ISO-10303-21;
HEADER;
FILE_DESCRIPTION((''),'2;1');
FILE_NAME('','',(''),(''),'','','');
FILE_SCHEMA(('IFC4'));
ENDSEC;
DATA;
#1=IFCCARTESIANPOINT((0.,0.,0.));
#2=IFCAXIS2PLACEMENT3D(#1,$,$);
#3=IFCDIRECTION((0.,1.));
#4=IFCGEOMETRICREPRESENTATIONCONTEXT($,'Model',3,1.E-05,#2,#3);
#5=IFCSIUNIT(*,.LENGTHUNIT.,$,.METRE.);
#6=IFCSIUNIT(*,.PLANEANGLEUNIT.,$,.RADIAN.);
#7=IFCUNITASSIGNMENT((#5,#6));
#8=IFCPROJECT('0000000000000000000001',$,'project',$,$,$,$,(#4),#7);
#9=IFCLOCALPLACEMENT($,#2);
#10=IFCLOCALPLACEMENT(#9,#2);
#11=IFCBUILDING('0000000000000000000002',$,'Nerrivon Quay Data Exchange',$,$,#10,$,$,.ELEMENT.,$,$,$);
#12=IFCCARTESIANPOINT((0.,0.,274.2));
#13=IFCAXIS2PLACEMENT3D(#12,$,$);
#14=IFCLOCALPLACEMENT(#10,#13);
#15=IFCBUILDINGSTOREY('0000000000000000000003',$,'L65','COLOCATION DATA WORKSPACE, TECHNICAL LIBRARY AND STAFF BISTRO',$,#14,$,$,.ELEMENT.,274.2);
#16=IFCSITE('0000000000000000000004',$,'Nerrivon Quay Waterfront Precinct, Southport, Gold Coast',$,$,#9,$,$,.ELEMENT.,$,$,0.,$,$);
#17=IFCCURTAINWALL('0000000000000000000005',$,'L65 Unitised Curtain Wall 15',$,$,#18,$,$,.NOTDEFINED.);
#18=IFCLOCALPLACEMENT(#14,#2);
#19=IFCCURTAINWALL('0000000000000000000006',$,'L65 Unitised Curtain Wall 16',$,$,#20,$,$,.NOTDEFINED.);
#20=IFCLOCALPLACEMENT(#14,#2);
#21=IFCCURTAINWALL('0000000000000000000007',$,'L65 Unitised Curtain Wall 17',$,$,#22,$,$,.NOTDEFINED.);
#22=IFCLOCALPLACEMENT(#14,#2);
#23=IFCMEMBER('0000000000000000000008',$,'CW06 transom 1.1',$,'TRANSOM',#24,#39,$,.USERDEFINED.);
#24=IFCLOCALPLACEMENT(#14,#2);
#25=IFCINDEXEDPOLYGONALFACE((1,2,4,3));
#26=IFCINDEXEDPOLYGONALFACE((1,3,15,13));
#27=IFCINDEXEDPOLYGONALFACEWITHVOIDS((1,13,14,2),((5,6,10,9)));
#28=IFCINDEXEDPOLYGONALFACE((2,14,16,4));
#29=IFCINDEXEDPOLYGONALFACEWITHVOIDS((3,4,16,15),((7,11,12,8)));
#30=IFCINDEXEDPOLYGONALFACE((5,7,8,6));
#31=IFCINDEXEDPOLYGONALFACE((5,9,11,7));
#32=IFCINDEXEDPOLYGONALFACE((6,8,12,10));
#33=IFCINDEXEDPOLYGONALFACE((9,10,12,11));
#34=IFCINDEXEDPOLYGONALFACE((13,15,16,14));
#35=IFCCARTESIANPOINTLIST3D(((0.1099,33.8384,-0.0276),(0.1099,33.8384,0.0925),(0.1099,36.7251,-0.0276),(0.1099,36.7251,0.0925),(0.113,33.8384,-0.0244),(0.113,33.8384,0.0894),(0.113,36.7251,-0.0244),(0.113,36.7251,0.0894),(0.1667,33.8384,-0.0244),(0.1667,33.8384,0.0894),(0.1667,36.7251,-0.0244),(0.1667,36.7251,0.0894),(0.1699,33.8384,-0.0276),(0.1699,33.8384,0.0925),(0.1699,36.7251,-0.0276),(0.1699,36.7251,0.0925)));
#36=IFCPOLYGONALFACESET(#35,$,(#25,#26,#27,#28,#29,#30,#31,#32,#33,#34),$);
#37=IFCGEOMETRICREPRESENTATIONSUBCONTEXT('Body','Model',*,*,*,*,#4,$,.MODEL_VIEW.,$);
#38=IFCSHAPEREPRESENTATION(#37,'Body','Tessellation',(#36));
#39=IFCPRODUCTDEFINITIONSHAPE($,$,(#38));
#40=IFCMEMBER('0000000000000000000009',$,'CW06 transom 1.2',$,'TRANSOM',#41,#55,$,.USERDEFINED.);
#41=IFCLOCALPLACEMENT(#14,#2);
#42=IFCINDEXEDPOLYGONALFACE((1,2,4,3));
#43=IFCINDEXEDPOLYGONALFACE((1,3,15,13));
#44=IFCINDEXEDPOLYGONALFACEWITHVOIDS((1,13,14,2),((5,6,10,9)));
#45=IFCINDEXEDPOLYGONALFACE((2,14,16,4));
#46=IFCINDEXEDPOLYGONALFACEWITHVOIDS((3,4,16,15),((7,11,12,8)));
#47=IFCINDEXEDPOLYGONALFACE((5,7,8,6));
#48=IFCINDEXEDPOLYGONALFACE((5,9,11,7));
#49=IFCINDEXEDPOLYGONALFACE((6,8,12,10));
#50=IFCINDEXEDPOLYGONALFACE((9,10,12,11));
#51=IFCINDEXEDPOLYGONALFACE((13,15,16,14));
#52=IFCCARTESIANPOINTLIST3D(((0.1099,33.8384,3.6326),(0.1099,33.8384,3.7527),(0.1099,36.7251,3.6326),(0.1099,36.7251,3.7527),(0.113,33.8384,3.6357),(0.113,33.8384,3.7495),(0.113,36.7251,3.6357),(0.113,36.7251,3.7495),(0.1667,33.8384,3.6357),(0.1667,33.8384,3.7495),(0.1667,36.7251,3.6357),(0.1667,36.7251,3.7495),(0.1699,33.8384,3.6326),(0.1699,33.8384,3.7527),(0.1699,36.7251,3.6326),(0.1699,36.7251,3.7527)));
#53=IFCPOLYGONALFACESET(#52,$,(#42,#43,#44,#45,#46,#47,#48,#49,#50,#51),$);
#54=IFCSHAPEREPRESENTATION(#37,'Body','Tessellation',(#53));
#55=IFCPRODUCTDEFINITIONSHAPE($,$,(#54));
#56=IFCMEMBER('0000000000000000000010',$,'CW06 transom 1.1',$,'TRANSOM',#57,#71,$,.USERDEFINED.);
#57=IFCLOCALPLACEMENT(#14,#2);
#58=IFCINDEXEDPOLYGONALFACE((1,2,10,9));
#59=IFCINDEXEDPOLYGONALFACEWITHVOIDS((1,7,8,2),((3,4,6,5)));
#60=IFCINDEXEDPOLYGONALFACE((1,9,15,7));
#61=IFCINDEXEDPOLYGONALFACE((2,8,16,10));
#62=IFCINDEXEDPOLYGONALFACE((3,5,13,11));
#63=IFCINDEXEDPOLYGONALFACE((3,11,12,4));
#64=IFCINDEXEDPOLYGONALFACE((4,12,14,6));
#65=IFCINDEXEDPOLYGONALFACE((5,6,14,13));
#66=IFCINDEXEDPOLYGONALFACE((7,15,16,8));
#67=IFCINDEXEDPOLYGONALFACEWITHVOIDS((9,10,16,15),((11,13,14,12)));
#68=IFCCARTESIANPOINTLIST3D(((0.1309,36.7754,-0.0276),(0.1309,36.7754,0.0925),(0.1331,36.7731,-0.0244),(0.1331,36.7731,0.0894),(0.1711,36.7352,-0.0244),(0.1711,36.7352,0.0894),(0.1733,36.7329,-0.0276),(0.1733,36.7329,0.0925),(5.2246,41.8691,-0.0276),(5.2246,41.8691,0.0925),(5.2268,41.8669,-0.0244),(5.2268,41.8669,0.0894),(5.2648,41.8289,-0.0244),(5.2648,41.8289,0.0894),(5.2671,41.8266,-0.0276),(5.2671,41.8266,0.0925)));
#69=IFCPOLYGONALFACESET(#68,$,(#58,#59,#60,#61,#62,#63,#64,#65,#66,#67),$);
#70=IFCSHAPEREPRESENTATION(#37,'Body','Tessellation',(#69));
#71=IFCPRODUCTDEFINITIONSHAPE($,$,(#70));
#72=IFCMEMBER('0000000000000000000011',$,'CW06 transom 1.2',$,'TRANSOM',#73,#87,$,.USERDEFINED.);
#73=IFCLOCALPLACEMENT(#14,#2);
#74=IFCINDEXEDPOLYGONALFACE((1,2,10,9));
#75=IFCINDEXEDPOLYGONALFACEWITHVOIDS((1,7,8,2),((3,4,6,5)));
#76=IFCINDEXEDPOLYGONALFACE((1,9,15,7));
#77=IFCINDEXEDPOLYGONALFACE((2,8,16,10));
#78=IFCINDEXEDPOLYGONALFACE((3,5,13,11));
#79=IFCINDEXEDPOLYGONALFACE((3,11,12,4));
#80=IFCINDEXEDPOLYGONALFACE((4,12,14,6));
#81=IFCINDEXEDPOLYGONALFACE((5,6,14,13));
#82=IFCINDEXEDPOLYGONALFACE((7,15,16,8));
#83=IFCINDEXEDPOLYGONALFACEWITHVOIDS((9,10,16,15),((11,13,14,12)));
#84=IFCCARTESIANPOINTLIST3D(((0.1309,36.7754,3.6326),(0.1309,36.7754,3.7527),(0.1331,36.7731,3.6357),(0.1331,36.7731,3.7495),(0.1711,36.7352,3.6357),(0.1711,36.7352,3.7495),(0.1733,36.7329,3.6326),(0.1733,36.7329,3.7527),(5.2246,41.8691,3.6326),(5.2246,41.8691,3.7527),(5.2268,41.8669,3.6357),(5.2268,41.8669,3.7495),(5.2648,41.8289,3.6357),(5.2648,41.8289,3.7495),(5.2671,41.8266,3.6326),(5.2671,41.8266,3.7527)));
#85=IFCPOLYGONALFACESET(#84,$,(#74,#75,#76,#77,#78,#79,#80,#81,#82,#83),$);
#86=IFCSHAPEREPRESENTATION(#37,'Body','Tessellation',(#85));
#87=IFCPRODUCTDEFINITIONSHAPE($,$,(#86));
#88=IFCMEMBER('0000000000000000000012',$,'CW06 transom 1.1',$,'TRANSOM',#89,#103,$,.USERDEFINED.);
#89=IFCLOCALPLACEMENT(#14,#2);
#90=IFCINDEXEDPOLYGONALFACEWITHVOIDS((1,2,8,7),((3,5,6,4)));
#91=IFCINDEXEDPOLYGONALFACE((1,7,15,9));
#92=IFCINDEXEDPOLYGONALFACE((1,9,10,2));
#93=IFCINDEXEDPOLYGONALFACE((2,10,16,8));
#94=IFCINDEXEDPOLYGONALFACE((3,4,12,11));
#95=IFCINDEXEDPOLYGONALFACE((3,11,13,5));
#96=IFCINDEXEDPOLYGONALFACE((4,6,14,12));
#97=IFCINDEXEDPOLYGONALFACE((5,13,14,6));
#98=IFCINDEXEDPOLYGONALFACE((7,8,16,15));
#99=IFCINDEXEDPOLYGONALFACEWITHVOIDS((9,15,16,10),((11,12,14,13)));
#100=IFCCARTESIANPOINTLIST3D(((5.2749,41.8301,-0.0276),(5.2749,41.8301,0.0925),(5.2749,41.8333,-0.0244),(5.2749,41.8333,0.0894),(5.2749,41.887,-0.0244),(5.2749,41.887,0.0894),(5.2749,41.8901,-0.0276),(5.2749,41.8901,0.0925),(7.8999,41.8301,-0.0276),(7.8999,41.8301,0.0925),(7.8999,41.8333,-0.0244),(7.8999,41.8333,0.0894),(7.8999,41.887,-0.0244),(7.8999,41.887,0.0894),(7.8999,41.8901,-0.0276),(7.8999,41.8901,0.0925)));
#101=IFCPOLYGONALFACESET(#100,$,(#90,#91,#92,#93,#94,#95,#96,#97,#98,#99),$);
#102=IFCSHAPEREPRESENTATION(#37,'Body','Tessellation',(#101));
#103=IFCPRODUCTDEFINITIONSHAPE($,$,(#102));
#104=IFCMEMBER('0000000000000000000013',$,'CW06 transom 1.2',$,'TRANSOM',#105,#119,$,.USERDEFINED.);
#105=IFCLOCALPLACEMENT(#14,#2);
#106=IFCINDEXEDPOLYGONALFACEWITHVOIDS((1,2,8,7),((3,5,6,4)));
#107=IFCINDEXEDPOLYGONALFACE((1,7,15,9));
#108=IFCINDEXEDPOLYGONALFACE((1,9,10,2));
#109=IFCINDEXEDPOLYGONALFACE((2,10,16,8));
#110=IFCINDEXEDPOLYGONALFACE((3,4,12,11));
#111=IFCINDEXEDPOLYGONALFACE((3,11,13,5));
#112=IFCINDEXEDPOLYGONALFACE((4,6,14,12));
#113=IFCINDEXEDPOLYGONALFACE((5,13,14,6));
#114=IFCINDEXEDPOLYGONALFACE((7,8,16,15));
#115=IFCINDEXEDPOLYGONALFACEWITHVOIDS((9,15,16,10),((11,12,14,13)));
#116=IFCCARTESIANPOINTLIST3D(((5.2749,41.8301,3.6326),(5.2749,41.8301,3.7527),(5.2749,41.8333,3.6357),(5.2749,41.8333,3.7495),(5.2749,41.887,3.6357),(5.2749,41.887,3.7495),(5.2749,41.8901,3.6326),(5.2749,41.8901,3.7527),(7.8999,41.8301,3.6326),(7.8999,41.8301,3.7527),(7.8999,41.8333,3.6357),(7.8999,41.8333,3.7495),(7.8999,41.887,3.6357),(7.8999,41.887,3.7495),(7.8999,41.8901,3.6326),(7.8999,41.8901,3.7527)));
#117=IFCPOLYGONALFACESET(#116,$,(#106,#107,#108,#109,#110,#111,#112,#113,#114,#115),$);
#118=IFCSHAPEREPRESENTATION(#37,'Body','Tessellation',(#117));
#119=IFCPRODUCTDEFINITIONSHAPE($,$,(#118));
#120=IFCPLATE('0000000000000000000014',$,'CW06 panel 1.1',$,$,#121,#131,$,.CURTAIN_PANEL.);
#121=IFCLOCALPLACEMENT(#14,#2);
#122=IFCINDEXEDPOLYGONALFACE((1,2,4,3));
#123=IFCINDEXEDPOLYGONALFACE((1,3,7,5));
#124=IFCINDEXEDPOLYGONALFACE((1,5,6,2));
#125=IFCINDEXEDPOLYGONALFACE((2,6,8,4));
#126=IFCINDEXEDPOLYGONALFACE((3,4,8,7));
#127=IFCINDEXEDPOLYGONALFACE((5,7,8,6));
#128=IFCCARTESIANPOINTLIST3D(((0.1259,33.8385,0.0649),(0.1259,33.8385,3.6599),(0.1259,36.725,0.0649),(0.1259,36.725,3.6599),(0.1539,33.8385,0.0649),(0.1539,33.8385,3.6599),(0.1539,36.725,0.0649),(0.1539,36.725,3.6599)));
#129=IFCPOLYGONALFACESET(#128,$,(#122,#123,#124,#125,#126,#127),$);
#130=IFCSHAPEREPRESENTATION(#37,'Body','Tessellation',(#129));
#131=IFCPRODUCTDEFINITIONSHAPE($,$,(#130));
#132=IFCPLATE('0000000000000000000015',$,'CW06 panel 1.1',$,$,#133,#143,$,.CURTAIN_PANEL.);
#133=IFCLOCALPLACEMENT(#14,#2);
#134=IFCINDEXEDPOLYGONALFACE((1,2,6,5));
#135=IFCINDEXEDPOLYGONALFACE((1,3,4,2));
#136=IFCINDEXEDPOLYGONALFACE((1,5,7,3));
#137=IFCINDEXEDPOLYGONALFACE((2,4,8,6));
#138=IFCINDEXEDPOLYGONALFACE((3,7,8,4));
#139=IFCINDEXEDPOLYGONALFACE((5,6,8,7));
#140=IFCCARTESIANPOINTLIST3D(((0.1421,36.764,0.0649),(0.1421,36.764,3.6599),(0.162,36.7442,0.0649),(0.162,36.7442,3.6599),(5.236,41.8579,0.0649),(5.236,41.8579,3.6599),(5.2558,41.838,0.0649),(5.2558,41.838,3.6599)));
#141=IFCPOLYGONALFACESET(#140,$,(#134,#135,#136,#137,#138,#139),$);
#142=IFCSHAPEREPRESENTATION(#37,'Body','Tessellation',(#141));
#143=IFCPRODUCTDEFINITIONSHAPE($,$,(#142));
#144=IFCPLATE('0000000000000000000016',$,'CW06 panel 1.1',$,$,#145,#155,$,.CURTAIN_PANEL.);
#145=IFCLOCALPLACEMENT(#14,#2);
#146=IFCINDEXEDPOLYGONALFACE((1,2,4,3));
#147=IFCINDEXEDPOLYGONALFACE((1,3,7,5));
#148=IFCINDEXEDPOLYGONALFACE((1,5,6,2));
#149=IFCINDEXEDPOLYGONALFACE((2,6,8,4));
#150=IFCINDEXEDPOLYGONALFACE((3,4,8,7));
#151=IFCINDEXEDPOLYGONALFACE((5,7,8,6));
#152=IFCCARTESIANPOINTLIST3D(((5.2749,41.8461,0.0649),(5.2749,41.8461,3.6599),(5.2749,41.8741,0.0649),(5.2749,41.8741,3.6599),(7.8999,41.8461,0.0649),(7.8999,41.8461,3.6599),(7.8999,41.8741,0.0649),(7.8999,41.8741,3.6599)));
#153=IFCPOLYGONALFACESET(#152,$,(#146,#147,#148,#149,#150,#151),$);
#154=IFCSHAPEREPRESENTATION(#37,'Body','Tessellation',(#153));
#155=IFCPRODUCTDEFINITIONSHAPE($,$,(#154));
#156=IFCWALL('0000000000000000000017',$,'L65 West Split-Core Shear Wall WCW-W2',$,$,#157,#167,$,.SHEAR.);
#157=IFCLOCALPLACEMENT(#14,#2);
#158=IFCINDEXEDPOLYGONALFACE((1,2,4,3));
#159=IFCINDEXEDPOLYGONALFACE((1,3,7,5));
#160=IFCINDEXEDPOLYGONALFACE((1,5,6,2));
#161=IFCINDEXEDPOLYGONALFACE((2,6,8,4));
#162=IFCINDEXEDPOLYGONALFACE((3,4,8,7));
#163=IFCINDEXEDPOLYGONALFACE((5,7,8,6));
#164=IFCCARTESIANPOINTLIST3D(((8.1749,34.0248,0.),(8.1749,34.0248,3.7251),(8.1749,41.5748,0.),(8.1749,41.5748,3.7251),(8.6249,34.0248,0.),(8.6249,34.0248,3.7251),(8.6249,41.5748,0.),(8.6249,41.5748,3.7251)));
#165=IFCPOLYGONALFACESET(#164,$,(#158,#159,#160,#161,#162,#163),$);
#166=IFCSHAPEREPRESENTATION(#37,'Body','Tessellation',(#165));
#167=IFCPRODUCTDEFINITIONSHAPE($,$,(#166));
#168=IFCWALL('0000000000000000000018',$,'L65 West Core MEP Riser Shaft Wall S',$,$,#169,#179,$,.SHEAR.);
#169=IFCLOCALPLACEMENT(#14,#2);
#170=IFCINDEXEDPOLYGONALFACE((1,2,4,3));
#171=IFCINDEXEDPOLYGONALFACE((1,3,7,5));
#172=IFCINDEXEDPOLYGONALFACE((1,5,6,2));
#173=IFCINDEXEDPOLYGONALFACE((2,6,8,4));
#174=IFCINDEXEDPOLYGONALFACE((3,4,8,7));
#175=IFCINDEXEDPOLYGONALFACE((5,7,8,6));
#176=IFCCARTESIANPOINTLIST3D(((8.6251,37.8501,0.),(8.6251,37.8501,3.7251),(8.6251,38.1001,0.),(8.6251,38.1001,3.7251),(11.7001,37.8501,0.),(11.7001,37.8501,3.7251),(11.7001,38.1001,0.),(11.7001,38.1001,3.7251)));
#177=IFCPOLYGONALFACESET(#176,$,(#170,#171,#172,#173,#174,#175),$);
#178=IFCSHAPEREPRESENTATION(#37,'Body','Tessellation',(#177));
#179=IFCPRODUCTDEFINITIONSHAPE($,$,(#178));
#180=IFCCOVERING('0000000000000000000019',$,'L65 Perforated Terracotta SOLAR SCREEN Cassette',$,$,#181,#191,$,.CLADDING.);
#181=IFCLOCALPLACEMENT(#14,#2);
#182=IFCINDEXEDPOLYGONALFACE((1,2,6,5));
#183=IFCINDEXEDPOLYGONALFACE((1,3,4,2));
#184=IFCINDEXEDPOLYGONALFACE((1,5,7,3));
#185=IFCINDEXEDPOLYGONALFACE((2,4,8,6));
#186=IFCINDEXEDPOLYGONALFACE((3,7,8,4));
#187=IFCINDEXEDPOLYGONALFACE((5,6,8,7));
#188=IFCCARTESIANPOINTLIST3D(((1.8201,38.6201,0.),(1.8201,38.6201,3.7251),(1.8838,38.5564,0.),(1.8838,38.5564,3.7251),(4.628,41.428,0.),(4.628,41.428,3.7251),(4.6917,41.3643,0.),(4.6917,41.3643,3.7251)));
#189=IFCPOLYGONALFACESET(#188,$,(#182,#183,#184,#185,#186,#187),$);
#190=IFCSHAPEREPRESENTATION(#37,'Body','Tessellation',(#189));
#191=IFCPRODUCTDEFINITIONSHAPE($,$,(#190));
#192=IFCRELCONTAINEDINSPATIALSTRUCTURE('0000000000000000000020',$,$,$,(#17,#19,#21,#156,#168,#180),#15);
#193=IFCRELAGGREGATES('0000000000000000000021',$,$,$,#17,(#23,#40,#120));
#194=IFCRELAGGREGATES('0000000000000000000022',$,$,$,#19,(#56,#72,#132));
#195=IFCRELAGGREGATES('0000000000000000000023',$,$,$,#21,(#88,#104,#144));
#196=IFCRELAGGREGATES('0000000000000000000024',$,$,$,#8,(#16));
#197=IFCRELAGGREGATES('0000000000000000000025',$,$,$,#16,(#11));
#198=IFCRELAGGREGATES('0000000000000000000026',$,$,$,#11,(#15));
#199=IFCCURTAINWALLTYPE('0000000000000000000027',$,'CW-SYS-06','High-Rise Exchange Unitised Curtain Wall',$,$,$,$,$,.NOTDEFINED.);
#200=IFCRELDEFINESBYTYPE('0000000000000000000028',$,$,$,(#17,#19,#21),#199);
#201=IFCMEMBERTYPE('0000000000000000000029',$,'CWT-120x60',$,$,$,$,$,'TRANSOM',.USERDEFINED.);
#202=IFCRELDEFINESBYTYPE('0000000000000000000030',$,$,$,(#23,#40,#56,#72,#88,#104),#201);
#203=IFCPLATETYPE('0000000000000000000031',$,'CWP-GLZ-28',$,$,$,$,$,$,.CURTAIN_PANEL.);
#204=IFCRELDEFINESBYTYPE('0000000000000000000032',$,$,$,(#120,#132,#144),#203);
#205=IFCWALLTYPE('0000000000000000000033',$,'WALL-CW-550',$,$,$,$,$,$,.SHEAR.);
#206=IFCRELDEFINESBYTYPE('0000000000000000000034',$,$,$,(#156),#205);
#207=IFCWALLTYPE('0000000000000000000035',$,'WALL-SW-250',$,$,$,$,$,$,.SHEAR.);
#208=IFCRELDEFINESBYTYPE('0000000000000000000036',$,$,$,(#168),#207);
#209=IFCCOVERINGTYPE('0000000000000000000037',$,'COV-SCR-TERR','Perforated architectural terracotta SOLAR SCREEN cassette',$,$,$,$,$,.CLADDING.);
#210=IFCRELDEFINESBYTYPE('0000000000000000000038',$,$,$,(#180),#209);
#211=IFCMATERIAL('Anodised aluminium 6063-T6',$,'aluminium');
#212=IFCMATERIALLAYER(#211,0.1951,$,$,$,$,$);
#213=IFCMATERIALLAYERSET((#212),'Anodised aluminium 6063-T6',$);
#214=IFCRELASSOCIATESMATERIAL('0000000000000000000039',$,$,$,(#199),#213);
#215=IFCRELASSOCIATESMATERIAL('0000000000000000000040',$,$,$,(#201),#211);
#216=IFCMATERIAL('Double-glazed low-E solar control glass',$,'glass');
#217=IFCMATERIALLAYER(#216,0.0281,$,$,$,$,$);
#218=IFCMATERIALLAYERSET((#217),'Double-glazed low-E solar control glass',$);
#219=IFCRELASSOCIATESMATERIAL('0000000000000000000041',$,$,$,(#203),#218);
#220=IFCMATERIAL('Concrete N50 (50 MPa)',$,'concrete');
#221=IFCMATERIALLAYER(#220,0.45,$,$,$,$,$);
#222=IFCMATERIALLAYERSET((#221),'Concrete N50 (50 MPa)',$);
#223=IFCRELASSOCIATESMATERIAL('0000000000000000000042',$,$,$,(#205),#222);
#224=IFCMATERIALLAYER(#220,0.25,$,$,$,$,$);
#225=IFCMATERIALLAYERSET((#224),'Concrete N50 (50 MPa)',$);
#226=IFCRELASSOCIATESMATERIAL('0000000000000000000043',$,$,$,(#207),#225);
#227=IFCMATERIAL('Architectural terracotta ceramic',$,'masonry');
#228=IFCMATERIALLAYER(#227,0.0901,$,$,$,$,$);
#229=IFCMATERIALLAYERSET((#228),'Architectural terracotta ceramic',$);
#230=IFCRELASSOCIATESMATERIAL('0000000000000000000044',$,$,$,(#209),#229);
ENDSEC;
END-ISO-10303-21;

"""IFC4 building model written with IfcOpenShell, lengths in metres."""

from ifc_helpers import new_model, si_unit, direction, frame, frame_2d, origin, origin_2d, place, context, subcontext, project, spatial, rectangle, hollow_rectangle, extrude, material, layer, layer_set, material_profile, profile_set, type_object, element, aggregate, save


model = new_model("IFC4")

# Units and contexts
model_context = context("Model", 3, precision=1e-05, world=origin(), true_north=direction((0.0, 1.0)))
body_context = subcontext(model_context, "Body", "Model", "MODEL_VIEW")
ifc_project = project(units=[si_unit("LENGTHUNIT", "METRE"), si_unit("PLANEANGLEUNIT", "RADIAN")], contexts=[model_context])

# Site, building, storey
site_placement = place(None, origin())
site = spatial("IfcSite", under=ifc_project, at=site_placement, Name="Nerrivon Quay Waterfront Precinct, Southport, Gold Coast", CompositionType="ELEMENT", RefElevation=0.0)
building_placement = place(site_placement, origin())
building = spatial("IfcBuilding", under=site, at=building_placement, Name="Nerrivon Quay Data Exchange", CompositionType="ELEMENT")
storey_placement = place(building_placement, frame((0.0, 0.0, 274.2)))
storey = spatial("IfcBuildingStorey", under=building, at=storey_placement, Name="L65", Description="COLOCATION DATA WORKSPACE, TECHNICAL LIBRARY AND STAFF BISTRO", CompositionType="ELEMENT", Elevation=274.2)

# Shared definitions
ifc_material_1 = material(Name="Concrete N50 (50 MPa)", Category="concrete")

# Curtain walls
ifc_material_2 = material(Name="Anodised aluminium 6063-T6", Category="aluminium")
ifc_layer_1 = layer(ifc_material_2, 0.1951)
ifc_layer_set_1 = layer_set([ifc_layer_1], Name="Anodised aluminium 6063-T6")
curtain_wall_type = type_object("IfcCurtainWallType", Name="CW-SYS-06", Description="High-Rise Exchange Unitised Curtain Wall", PredefinedType="NOTDEFINED", material=ifc_layer_set_1)
curtain_wall_1_placement = place(storey_placement, origin())
curtain_wall_1 = element("IfcCurtainWall", 1, at=curtain_wall_1_placement, inside=storey, type_object=curtain_wall_type, Name="L65 Unitised Curtain Wall 15", PredefinedType="NOTDEFINED")
curtain_wall_2_placement = place(storey_placement, origin())
curtain_wall_2 = element("IfcCurtainWall", 2, at=curtain_wall_2_placement, inside=storey, type_object=curtain_wall_type, Name="L65 Unitised Curtain Wall 16", PredefinedType="NOTDEFINED")
curtain_wall_3_placement = place(storey_placement, origin())
curtain_wall_3 = element("IfcCurtainWall", 3, at=curtain_wall_3_placement, inside=storey, type_object=curtain_wall_type, Name="L65 Unitised Curtain Wall 17", PredefinedType="NOTDEFINED")

# Members
ifc_material_profile_1 = material_profile(ifc_material_2, hollow_rectangle(XDim=0.0601, YDim=0.1201, WallThickness=0.0032, at=origin_2d()), Name="ALU-TRAN-120x60")
ifc_profile_set_1 = profile_set([ifc_material_profile_1], Name="Anodised aluminium 6063-T6")
member_type_1 = type_object("IfcMemberType", Name="CWT-120x60", ElementType="TRANSOM", PredefinedType="USERDEFINED", material=ifc_profile_set_1)
member_1_placement = place(storey_placement, frame((0.1399, 33.8384, 0.0325), z_axis=(0.0, 1.0, 0.0), x_axis=(-1.0, 0.0, 0.0)))
member_1 = element("IfcMember", 4, at=member_1_placement, type_object=member_type_1, Name="CW06 transom 1.1", ObjectType="TRANSOM", PredefinedType="USERDEFINED", context=body_context, shape_type="SweptSolid", body=[
    extrude(hollow_rectangle(XDim=0.0601, YDim=0.1201, WallThickness=0.0032, at=origin_2d()), origin(), (0.0, 0.0, 1.0), 2.8867),
])
member_2_placement = place(storey_placement, frame((0.1399, 33.8384, 3.6926), z_axis=(0.0, 1.0, 0.0), x_axis=(-1.0, 0.0, 0.0)))
member_2 = element("IfcMember", 5, at=member_2_placement, type_object=member_type_1, Name="CW06 transom 1.2", ObjectType="TRANSOM", PredefinedType="USERDEFINED", context=body_context, shape_type="SweptSolid", body=[
    extrude(hollow_rectangle(XDim=0.0601, YDim=0.1201, WallThickness=0.0032, at=origin_2d()), origin(), (0.0, 0.0, 1.0), 2.8867),
])
member_3_placement = place(storey_placement, frame((0.1521, 36.7542, 0.0325), z_axis=(0.707107, 0.707107, 0.0), x_axis=(-0.707107, 0.707107, 0.0)))
member_3 = element("IfcMember", 6, at=member_3_placement, type_object=member_type_1, Name="CW06 transom 1.1", ObjectType="TRANSOM", PredefinedType="USERDEFINED", context=body_context, shape_type="SweptSolid", body=[
    extrude(hollow_rectangle(XDim=0.0601, YDim=0.1201, WallThickness=0.0032, at=origin_2d()), origin(), (0.0, 0.0, 1.0), 7.2036),
])
member_4_placement = place(storey_placement, frame((0.1521, 36.7542, 3.6926), z_axis=(0.707107, 0.707107, 0.0), x_axis=(-0.707107, 0.707107, 0.0)))
member_4 = element("IfcMember", 7, at=member_4_placement, type_object=member_type_1, Name="CW06 transom 1.2", ObjectType="TRANSOM", PredefinedType="USERDEFINED", context=body_context, shape_type="SweptSolid", body=[
    extrude(hollow_rectangle(XDim=0.0601, YDim=0.1201, WallThickness=0.0032, at=origin_2d()), origin(), (0.0, 0.0, 1.0), 7.2036),
])
member_5_placement = place(storey_placement, frame((5.2749, 41.8601, 0.0325), z_axis=(1.0, 0.0, 0.0), x_axis=(0.0, 1.0, 0.0)))
member_5 = element("IfcMember", 8, at=member_5_placement, type_object=member_type_1, Name="CW06 transom 1.1", ObjectType="TRANSOM", PredefinedType="USERDEFINED", context=body_context, shape_type="SweptSolid", body=[
    extrude(hollow_rectangle(XDim=0.0601, YDim=0.1201, WallThickness=0.0032, at=origin_2d()), origin(), (0.0, 0.0, 1.0), 2.625),
])
member_6_placement = place(storey_placement, frame((5.2749, 41.8601, 3.6926), z_axis=(1.0, 0.0, 0.0), x_axis=(0.0, 1.0, 0.0)))
member_6 = element("IfcMember", 9, at=member_6_placement, type_object=member_type_1, Name="CW06 transom 1.2", ObjectType="TRANSOM", PredefinedType="USERDEFINED", context=body_context, shape_type="SweptSolid", body=[
    extrude(hollow_rectangle(XDim=0.0601, YDim=0.1201, WallThickness=0.0032, at=origin_2d()), origin(), (0.0, 0.0, 1.0), 2.625),
])

# Plates
ifc_material_3 = material(Name="Double-glazed low-E solar control glass", Category="glass")
ifc_layer_2 = layer(ifc_material_3, 0.0281)
ifc_layer_set_2 = layer_set([ifc_layer_2], Name="Double-glazed low-E solar control glass")
plate_type = type_object("IfcPlateType", Name="CWP-GLZ-28", PredefinedType="CURTAIN_PANEL", material=ifc_layer_set_2)
plate_1_placement = place(storey_placement, frame((0.1399, 35.2817, 0.0649), z_axis=(0.0, 0.0, 1.0), x_axis=(0.0, 1.0, 0.0)))
plate_1 = element("IfcPlate", 10, at=plate_1_placement, type_object=plate_type, Name="CW06 panel 1.1", PredefinedType="CURTAIN_PANEL", context=body_context, shape_type="SweptSolid", body=[
    extrude(rectangle(XDim=2.8865, YDim=0.0281, at=origin_2d()), origin(), (0.0, 0.0, 1.0), 3.595),
])
aggregate(curtain_wall_1, [member_1, member_2, plate_1])
plate_2_placement = place(storey_placement, frame((2.699, 39.301, 0.0649), z_axis=(0.0, 0.0, 1.0), x_axis=(0.707107, 0.707107, 0.0)))
plate_2 = element("IfcPlate", 11, at=plate_2_placement, type_object=plate_type, Name="CW06 panel 1.1", PredefinedType="CURTAIN_PANEL", context=body_context, shape_type="SweptSolid", body=[
    extrude(rectangle(XDim=7.2039, YDim=0.0281, at=origin_2d()), origin(), (0.0, 0.0, 1.0), 3.595),
])
aggregate(curtain_wall_2, [member_3, member_4, plate_2])
plate_3_placement = place(storey_placement, frame((6.5874, 41.8601, 0.0649), z_axis=(0.0, 0.0, 1.0), x_axis=(1.0, 0.0, 0.0)))
plate_3 = element("IfcPlate", 12, at=plate_3_placement, type_object=plate_type, Name="CW06 panel 1.1", PredefinedType="CURTAIN_PANEL", context=body_context, shape_type="SweptSolid", body=[
    extrude(rectangle(XDim=2.625, YDim=0.0281, at=origin_2d()), origin(), (0.0, 0.0, 1.0), 3.595),
])
aggregate(curtain_wall_3, [member_5, member_6, plate_3])

# Walls
ifc_layer_3 = layer(ifc_material_1, 0.45)
ifc_layer_set_3 = layer_set([ifc_layer_3], Name="Concrete N50 (50 MPa)")
wall_type_1 = type_object("IfcWallType", Name="WALL-CW-550", PredefinedType="SHEAR", material=ifc_layer_set_3)
wall_1_placement = place(storey_placement, frame((8.3999, 34.0249, 0.0), z_axis=(0.0, 0.0, 1.0), x_axis=(0.0, 1.0, 0.0)))
element("IfcWall", 13, at=wall_1_placement, inside=storey, type_object=wall_type_1, Name="L65 West Split-Core Shear Wall WCW-W2", PredefinedType="SHEAR", context=body_context, shape_type="SweptSolid", body=[
    extrude(rectangle(XDim=7.55, YDim=0.45, at=frame_2d((3.7749, 0.0))), origin(), (0.0, 0.0, 1.0), 3.7251),
])
ifc_layer_4 = layer(ifc_material_1, 0.25)
ifc_layer_set_4 = layer_set([ifc_layer_4], Name="Concrete N50 (50 MPa)")
wall_type_2 = type_object("IfcWallType", Name="WALL-SW-250", PredefinedType="SHEAR", material=ifc_layer_set_4)
wall_2_placement = place(storey_placement, frame((8.625, 37.9751, 0.0), z_axis=(0.0, 0.0, 1.0), x_axis=(1.0, 0.0, 0.0)))
element("IfcWall", 14, at=wall_2_placement, inside=storey, type_object=wall_type_2, Name="L65 West Core MEP Riser Shaft Wall S", PredefinedType="SHEAR", context=body_context, shape_type="SweptSolid", body=[
    extrude(rectangle(XDim=3.075, YDim=0.25, at=frame_2d((1.5376, 0.0))), origin(), (0.0, 0.0, 1.0), 3.7251),
])

# Covering
ifc_material_4 = material(Name="Architectural terracotta ceramic", Category="masonry")
ifc_layer_5 = layer(ifc_material_4, 0.0901)
ifc_layer_set_5 = layer_set([ifc_layer_5], Name="Architectural terracotta ceramic")
covering_type = type_object("IfcCoveringType", Name="COV-SCR-TERR", Description="Perforated architectural terracotta SOLAR SCREEN cassette", PredefinedType="CLADDING", material=ifc_layer_set_5)
covering_placement = place(storey_placement, frame((3.2559, 39.9922, 0.0), z_axis=(0.0, 0.0, 1.0), x_axis=(0.707107, 0.707107, 0.0)))
element("IfcCovering", 15, at=covering_placement, inside=storey, type_object=covering_type, Name="L65 Perforated Terracotta SOLAR SCREEN Cassette", PredefinedType="CLADDING", context=body_context, shape_type="SweptSolid", body=[
    extrude(rectangle(XDim=3.9709, YDim=0.0901, at=origin_2d()), origin(), (0.0, 0.0, 1.0), 3.7251),
])

save(model, "model.ifc")
